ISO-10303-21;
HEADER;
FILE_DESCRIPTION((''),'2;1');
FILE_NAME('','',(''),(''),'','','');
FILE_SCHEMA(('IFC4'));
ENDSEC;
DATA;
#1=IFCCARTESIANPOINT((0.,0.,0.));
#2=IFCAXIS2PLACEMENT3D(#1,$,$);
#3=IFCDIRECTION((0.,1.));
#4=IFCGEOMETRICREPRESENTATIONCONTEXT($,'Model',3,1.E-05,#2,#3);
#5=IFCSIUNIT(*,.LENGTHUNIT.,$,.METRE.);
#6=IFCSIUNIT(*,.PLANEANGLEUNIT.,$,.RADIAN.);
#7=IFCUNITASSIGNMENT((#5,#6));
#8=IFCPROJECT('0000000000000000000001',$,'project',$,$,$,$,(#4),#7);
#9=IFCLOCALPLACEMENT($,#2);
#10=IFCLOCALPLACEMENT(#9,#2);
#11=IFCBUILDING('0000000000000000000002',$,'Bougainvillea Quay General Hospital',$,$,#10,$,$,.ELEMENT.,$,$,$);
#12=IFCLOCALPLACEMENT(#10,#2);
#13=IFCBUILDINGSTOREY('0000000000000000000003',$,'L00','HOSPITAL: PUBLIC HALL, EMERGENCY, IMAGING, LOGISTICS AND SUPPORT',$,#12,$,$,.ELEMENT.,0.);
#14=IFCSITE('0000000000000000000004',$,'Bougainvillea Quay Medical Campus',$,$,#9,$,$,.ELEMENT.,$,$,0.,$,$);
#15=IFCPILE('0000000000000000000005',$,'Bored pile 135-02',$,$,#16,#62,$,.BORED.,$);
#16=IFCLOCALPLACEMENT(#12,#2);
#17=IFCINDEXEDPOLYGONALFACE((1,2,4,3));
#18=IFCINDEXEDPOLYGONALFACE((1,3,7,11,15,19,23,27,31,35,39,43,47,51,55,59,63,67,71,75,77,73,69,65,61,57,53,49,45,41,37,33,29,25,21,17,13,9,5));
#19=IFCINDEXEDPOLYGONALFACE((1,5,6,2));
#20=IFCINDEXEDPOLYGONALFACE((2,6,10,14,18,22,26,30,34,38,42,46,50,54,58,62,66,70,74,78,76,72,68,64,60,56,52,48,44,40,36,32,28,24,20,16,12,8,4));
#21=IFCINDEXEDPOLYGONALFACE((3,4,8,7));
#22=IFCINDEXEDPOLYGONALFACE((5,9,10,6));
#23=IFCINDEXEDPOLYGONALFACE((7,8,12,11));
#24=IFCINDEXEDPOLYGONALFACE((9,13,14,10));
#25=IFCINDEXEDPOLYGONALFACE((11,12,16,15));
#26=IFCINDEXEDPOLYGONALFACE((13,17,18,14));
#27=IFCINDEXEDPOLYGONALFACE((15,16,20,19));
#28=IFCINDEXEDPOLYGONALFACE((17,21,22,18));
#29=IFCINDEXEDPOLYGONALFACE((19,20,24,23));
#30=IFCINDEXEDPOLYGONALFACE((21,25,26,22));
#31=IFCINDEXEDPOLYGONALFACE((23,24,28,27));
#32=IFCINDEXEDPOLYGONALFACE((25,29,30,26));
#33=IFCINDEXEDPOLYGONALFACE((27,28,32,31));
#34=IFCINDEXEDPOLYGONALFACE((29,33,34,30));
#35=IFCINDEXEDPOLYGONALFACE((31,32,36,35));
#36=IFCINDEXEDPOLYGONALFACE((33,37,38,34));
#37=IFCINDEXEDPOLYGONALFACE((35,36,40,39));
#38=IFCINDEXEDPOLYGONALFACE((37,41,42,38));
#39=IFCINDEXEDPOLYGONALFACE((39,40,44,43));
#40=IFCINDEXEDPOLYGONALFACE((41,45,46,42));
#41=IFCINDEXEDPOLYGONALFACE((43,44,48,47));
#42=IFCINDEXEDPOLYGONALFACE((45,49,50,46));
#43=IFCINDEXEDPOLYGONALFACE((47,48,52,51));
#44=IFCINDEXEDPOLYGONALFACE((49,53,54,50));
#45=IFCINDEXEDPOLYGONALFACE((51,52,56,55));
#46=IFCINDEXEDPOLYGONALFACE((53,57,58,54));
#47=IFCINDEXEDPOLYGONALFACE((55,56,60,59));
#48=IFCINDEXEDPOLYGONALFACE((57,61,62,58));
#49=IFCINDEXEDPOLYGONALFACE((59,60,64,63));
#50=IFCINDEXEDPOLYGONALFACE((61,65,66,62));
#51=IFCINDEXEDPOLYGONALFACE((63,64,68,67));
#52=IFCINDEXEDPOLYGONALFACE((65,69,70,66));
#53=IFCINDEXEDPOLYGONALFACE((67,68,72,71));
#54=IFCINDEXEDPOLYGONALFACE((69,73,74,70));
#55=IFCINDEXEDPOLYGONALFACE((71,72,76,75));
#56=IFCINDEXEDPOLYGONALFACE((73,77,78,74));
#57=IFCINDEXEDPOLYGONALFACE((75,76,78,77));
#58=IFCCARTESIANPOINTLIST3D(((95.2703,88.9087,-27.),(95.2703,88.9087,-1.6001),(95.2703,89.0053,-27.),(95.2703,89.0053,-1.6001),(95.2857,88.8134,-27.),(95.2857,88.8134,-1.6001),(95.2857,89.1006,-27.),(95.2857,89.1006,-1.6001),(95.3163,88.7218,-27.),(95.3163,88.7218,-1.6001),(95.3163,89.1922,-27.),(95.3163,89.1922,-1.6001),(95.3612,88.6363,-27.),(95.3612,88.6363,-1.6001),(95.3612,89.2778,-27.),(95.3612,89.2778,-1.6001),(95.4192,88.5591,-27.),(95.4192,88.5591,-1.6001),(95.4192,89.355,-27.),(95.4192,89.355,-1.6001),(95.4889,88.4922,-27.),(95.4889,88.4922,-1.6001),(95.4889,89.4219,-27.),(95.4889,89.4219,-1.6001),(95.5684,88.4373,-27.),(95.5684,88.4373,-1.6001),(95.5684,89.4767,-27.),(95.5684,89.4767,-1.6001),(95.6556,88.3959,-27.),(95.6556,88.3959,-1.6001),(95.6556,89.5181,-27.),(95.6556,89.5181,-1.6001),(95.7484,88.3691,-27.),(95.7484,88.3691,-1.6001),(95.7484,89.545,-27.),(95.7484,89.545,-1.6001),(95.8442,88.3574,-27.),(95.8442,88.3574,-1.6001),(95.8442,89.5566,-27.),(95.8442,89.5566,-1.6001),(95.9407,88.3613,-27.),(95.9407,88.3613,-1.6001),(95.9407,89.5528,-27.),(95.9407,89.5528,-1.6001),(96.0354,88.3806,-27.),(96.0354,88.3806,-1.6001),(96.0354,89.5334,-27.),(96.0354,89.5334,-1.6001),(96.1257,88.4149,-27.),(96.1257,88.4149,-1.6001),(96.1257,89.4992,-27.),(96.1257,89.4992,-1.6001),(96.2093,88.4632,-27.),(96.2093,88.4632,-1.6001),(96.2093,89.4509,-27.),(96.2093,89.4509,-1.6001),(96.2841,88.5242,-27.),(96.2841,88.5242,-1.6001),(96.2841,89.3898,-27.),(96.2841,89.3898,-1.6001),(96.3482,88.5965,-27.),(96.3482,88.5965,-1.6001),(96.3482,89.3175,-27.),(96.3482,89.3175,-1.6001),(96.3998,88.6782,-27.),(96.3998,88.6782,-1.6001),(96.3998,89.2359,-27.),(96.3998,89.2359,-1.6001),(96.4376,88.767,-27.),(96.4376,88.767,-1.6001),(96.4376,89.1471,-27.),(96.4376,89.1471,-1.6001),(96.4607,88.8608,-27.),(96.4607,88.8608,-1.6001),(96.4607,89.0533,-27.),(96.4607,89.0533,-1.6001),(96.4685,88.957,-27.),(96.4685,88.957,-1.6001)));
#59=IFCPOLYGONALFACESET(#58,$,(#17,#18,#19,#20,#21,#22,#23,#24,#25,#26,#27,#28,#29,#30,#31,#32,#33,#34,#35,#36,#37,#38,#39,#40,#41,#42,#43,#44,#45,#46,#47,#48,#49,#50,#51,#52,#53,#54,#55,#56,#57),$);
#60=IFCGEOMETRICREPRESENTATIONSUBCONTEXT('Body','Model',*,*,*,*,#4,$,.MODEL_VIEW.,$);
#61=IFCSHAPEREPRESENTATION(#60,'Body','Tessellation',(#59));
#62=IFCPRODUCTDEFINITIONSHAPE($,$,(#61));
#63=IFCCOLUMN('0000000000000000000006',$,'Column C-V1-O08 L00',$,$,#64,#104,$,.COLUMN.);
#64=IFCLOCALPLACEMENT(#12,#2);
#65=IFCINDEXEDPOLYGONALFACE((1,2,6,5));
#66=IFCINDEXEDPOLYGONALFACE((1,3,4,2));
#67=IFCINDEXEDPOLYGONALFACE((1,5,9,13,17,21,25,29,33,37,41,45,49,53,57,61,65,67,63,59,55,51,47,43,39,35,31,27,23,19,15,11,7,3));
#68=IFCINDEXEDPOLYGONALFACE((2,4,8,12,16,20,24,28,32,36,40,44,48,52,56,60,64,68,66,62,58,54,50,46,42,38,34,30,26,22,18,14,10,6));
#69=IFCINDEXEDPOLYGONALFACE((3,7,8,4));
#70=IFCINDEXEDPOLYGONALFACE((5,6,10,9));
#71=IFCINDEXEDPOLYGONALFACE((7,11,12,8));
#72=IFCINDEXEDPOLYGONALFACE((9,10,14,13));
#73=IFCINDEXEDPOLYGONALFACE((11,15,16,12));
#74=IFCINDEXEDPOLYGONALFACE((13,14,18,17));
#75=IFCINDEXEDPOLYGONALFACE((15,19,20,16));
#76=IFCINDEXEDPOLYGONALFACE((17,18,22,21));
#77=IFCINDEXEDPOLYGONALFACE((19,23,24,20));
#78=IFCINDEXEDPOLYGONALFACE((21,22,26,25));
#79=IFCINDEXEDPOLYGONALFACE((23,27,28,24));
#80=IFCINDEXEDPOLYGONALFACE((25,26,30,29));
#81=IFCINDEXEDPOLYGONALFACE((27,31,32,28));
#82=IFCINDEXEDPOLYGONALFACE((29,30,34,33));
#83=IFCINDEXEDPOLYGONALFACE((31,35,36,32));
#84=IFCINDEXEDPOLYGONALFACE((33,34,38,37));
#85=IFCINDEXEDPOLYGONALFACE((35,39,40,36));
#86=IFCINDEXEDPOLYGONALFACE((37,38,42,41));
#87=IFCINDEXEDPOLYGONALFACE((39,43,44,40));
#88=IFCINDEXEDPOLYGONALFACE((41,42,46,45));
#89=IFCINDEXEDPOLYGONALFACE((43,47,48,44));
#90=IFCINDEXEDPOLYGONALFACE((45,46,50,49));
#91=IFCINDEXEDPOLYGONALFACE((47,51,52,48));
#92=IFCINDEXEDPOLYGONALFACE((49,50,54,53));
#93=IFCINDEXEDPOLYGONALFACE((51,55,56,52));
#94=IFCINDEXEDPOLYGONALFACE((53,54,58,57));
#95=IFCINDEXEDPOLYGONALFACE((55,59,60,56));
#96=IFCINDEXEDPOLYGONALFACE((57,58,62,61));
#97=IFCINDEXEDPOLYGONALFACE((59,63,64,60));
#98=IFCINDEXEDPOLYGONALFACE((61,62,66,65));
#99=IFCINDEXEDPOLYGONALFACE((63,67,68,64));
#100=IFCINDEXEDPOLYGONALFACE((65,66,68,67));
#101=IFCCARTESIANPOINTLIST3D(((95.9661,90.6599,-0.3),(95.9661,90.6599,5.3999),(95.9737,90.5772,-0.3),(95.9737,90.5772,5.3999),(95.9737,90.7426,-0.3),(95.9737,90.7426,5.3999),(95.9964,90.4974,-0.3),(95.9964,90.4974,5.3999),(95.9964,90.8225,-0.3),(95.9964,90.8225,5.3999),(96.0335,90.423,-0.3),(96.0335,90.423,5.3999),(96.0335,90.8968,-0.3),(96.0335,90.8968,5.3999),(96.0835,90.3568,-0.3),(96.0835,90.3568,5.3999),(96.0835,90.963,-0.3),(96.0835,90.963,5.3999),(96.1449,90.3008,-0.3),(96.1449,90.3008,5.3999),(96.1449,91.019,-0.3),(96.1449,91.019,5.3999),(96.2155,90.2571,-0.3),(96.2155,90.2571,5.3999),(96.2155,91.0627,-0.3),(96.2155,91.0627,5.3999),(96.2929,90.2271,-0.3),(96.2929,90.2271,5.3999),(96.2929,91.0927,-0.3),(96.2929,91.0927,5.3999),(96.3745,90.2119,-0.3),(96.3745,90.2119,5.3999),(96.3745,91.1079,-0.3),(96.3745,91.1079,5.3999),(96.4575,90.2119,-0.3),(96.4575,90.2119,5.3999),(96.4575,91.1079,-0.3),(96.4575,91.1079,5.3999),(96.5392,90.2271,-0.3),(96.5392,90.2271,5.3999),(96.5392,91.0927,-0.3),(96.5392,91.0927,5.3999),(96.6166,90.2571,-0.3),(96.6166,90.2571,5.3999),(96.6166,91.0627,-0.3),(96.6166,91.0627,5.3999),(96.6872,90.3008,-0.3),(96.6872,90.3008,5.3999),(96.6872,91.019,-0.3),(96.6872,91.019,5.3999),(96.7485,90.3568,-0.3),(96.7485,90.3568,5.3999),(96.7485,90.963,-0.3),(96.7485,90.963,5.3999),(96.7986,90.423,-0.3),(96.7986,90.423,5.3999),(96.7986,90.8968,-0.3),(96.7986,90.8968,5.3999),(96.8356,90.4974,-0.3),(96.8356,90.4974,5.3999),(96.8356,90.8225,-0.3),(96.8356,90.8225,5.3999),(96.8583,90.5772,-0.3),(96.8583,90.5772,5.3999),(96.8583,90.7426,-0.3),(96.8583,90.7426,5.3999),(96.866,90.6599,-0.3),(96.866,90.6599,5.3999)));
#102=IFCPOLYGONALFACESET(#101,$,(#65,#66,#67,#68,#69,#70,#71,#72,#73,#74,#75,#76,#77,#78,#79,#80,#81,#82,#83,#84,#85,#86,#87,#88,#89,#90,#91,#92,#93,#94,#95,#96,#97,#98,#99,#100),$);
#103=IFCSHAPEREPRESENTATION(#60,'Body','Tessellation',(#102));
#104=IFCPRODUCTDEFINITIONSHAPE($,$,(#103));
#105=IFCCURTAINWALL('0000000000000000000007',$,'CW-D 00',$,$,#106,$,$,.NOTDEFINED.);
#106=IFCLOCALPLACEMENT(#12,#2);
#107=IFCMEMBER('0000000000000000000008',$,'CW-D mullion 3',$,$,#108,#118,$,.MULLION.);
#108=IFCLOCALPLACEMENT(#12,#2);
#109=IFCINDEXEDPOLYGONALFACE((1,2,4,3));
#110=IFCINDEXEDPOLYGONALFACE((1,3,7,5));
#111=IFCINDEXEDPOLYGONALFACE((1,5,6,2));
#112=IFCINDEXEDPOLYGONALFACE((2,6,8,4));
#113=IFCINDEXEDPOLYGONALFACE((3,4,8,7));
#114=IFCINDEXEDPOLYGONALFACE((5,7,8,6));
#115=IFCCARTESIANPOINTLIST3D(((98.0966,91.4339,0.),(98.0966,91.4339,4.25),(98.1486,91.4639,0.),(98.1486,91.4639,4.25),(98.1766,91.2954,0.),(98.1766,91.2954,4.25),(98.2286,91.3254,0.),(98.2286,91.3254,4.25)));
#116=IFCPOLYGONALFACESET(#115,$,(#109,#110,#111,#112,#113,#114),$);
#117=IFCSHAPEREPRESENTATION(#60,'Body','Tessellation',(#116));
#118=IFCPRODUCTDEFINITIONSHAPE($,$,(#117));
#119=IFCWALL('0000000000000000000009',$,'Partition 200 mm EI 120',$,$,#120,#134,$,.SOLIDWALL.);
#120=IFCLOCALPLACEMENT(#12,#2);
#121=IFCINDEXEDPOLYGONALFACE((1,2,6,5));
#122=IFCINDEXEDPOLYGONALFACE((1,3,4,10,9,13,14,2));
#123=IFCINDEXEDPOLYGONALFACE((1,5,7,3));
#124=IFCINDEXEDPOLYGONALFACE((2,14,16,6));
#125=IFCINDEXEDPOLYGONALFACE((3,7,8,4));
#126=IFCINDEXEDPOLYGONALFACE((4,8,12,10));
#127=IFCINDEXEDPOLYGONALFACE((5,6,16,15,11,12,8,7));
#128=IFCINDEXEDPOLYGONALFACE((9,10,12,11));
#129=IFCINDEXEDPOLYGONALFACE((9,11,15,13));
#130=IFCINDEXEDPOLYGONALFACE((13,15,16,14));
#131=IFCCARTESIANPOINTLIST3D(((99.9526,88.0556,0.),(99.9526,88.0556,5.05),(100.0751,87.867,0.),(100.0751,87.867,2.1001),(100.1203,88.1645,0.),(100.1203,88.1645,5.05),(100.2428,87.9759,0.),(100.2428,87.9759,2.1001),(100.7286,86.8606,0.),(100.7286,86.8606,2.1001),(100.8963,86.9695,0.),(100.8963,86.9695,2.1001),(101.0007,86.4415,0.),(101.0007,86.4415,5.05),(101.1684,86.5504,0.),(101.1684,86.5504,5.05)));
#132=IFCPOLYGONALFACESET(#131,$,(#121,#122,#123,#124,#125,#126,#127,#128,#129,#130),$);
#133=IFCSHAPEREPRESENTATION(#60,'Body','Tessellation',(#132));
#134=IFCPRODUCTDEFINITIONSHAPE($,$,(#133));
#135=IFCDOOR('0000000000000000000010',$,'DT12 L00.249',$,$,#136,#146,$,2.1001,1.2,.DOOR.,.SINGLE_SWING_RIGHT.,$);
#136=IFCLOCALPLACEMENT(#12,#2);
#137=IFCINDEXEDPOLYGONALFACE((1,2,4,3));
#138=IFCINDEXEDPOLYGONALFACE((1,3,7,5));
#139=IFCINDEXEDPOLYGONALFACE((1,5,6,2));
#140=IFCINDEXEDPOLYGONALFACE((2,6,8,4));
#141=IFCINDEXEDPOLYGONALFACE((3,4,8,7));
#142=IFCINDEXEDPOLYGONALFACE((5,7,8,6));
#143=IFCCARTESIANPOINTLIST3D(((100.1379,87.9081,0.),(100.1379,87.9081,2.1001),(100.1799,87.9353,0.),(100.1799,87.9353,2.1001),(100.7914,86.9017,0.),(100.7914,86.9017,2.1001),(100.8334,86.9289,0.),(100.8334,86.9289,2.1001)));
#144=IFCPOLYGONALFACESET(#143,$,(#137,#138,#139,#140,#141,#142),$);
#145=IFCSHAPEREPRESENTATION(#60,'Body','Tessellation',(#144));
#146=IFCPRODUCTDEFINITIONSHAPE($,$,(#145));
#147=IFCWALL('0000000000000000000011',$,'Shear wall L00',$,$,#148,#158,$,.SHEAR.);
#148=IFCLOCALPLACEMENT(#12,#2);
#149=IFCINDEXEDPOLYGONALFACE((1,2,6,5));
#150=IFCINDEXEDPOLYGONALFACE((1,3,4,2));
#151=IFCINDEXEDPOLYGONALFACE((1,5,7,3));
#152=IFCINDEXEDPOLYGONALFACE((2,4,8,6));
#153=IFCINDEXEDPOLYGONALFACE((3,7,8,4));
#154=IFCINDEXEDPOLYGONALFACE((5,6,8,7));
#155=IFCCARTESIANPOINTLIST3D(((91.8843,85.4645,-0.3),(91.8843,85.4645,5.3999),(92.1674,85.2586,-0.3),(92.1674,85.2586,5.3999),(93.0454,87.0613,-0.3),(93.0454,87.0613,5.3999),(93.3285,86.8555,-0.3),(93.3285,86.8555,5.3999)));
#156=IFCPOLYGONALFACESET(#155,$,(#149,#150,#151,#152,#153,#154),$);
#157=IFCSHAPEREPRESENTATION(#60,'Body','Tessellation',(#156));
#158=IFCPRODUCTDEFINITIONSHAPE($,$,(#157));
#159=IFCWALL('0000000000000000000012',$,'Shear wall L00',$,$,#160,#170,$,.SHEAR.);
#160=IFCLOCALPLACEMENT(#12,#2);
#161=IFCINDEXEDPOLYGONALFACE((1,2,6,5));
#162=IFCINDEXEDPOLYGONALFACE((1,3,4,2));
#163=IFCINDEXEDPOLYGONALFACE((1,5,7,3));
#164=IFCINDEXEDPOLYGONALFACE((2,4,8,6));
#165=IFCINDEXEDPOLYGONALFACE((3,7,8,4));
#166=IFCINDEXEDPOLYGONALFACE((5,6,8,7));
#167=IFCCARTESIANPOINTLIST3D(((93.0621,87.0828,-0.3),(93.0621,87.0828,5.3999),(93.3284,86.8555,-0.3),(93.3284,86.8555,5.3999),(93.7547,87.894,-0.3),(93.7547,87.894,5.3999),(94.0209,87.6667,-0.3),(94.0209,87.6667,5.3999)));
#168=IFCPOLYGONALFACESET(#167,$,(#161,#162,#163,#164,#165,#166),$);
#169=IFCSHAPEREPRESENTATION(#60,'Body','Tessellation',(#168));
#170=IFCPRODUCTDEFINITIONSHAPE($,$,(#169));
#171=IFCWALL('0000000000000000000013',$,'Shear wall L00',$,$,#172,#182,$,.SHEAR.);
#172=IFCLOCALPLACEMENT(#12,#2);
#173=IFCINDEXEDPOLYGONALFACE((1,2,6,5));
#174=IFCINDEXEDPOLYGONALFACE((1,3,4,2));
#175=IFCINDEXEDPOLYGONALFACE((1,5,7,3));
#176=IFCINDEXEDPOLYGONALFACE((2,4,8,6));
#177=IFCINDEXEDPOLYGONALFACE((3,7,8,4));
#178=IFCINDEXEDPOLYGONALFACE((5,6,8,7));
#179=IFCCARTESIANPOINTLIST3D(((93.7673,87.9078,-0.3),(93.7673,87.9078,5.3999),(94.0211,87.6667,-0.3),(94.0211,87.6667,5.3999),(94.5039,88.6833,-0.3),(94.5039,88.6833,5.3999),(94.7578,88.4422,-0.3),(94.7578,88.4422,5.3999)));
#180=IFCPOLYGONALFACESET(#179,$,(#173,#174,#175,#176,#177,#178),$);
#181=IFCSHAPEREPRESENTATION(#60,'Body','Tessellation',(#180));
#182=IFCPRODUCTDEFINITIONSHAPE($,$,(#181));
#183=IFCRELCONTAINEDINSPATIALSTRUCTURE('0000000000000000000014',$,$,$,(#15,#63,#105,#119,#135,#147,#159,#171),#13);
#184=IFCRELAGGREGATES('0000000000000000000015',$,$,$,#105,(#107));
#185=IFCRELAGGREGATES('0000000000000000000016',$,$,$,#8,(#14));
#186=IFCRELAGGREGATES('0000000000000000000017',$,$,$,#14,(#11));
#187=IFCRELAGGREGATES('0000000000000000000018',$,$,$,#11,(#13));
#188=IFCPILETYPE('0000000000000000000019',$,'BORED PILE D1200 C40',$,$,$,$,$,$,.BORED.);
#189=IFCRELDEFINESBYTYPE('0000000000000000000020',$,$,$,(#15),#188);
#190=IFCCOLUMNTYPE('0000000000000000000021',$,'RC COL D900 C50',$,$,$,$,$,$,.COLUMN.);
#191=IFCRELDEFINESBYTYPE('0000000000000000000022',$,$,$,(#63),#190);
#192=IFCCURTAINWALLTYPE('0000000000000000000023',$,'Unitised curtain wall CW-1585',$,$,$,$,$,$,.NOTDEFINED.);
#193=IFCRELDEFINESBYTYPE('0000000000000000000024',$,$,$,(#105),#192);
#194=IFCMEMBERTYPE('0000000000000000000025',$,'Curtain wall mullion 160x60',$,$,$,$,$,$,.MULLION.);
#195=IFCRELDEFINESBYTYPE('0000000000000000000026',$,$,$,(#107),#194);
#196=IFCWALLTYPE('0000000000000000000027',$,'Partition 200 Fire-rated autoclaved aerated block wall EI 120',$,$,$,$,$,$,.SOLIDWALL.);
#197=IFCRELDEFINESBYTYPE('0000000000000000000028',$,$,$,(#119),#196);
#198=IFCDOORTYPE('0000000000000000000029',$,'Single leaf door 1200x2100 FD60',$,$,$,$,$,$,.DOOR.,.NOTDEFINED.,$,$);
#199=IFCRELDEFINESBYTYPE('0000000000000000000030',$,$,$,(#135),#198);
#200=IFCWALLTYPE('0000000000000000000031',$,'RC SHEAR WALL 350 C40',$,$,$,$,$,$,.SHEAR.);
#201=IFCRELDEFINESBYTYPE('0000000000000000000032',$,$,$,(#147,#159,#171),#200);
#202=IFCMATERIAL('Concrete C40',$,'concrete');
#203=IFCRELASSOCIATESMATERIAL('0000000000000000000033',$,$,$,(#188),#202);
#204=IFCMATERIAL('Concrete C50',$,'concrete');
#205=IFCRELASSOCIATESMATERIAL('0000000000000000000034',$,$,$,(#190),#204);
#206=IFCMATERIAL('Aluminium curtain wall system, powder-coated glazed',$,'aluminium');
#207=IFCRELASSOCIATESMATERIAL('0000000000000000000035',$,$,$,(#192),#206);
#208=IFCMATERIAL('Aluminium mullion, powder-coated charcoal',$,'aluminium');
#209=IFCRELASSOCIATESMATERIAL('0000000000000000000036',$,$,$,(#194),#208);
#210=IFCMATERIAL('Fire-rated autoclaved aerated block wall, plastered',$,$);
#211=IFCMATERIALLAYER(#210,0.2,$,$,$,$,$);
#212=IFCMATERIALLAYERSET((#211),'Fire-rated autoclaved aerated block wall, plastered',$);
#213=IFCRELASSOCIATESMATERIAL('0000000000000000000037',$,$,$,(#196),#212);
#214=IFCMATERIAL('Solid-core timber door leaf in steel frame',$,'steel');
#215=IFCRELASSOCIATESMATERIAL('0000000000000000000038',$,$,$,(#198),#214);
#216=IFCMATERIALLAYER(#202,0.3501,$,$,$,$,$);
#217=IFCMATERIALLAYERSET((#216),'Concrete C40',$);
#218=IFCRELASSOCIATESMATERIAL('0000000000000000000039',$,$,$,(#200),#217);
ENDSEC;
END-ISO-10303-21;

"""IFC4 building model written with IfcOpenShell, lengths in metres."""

from ifc_helpers import new_model, si_unit, direction, frame, frame_2d, origin, origin_2d, place, context, subcontext, project, spatial, rectangle, circle, extrude, material, layer, layer_set, material_profile, profile_set, type_object, element, fill, aggregate, save


model = new_model("IFC4")

# Units and contexts
model_context = context("Model", 3, precision=1e-05, world=origin(), true_north=direction((0.0, 1.0)))
body_context = subcontext(model_context, "Body", "Model", "MODEL_VIEW")
ifc_project = project(units=[si_unit("LENGTHUNIT", "METRE"), si_unit("PLANEANGLEUNIT", "RADIAN")], contexts=[model_context])

# Site, building, storey
site_placement = place(None, origin())
site = spatial("IfcSite", under=ifc_project, at=site_placement, Name="Bougainvillea Quay Medical Campus", CompositionType="ELEMENT", RefElevation=0.0)
building_placement = place(site_placement, origin())
building = spatial("IfcBuilding", under=site, at=building_placement, Name="Bougainvillea Quay General Hospital", CompositionType="ELEMENT")
storey_placement = place(building_placement, origin())
storey = spatial("IfcBuildingStorey", under=building, at=storey_placement, Name="L00", Description="HOSPITAL: PUBLIC HALL, EMERGENCY, IMAGING, LOGISTICS AND SUPPORT", CompositionType="ELEMENT", Elevation=0.0)

# Pile
ifc_material_1 = material(Name="Concrete C40", Category="concrete")
ifc_material_profile_1 = material_profile(ifc_material_1, circle(Radius=0.6001, at=origin_2d()))
ifc_profile_set_1 = profile_set([ifc_material_profile_1], Name="Concrete C40")
pile_type = type_object("IfcPileType", Name="BORED PILE D1200 C40", PredefinedType="BORED", material=ifc_profile_set_1)
pile_placement = place(storey_placement, frame((95.8684, 88.957, -1.6001), z_axis=(0.0, 0.0, -1.0), x_axis=(1.0, 0.0, 0.0)))
element("IfcPile", 1, at=pile_placement, inside=storey, type_object=pile_type, Name="Bored pile 135-02", PredefinedType="BORED", context=body_context, shape_type="SweptSolid", body=[
    extrude(circle(Radius=0.6001, at=origin_2d()), origin(), (0.0, 0.0, 1.0), 25.3999),
])

# Column
ifc_material_2 = material(Name="Concrete C50", Category="concrete")
ifc_material_profile_2 = material_profile(ifc_material_2, circle(Radius=0.45, at=origin_2d()))
ifc_profile_set_2 = profile_set([ifc_material_profile_2], Name="Concrete C50")
column_type = type_object("IfcColumnType", Name="RC COL D900 C50", PredefinedType="COLUMN", material=ifc_profile_set_2)
column_placement = place(storey_placement, frame((96.416, 90.6599, -0.3), z_axis=(0.0, 0.0, 1.0), x_axis=(1.0, 0.0, 0.0)))
element("IfcColumn", 2, at=column_placement, inside=storey, type_object=column_type, Name="Column C-V1-O08 L00", PredefinedType="COLUMN", context=body_context, shape_type="SweptSolid", body=[
    extrude(circle(Radius=0.45, at=origin_2d()), origin(), (0.0, 0.0, 1.0), 5.7),
])

# Curtain wall, member
ifc_material_3 = material(Name="Aluminium curtain wall system, powder-coated glazed", Category="aluminium")
curtain_wall_type = type_object("IfcCurtainWallType", Name="Unitised curtain wall CW-1585", PredefinedType="NOTDEFINED", material=ifc_material_3)
curtain_wall_placement = place(storey_placement, origin())
curtain_wall = element("IfcCurtainWall", 3, at=curtain_wall_placement, inside=storey, type_object=curtain_wall_type, Name="CW-D 00", PredefinedType="NOTDEFINED")
ifc_material_4 = material(Name="Aluminium mullion, powder-coated charcoal", Category="aluminium")
ifc_material_profile_3 = material_profile(ifc_material_4, rectangle(XDim=0.1599, YDim=0.0601, at=origin_2d()))
ifc_profile_set_3 = profile_set([ifc_material_profile_3], Name="Aluminium mullion, powder-coated charcoal")
member_type = type_object("IfcMemberType", Name="Curtain wall mullion 160x60", PredefinedType="MULLION", material=ifc_profile_set_3)
member_placement = place(storey_placement, frame((98.1626, 91.3796, 0.0), z_axis=(0.0, 0.0, 1.0), x_axis=(0.499965, -0.866046, 0.0)))
member = element("IfcMember", 4, at=member_placement, type_object=member_type, Name="CW-D mullion 3", PredefinedType="MULLION", context=body_context, shape_type="SweptSolid", body=[
    extrude(rectangle(XDim=0.1599, YDim=0.0601, at=origin_2d()), origin(), (0.0, 0.0, 1.0), 4.25),
])
aggregate(curtain_wall, [member])

# Wall, opening, door
ifc_material_5 = material(Name="Fire-rated autoclaved aerated block wall, plastered")
ifc_layer_1 = layer(ifc_material_5, 0.2)
ifc_layer_set_1 = layer_set([ifc_layer_1], Name="Fire-rated autoclaved aerated block wall, plastered")
wall_type_1 = type_object("IfcWallType", Name="Partition 200 Fire-rated autoclaved aerated block wall EI 120", PredefinedType="SOLIDWALL", material=ifc_layer_set_1)
wall_1_placement = place(storey_placement, frame((100.0364, 88.1101, 0.0), z_axis=(0.0, 0.0, 1.0), x_axis=(0.544618, -0.838684, 0.0)))
wall_1 = element("IfcWall", 5, at=wall_1_placement, inside=storey, type_object=wall_type_1, Name="Partition 200 mm EI 120", PredefinedType="SOLIDWALL", context=body_context, shape_type="SweptSolid", body=[
    extrude(rectangle(XDim=1.9246, YDim=0.2, at=frame_2d((0.9624, 0.0))), origin(), (0.0, 0.0, 1.0), 5.05),
])
opening_placement = place(wall_1_placement, frame((0.2249, 0.0, 0.0)))
opening = element("IfcOpeningElement", 6, at=opening_placement, cuts=wall_1, PredefinedType="OPENING", context=body_context, shape_type="SweptSolid", body=[
    extrude(rectangle(XDim=1.2, YDim=2.1001, at=frame_2d((0.6001, 1.05))), frame((0.0, 0.1099, 0.0), z_axis=(0.0, -1.0, 0.0), x_axis=(1.0, 0.0, 0.0)), (0.0, 0.0, 1.0), 0.22),
])
ifc_material_6 = material(Name="Solid-core timber door leaf in steel frame", Category="steel")
door_type = type_object("IfcDoorType", Name="Single leaf door 1200x2100 FD60", OperationType="NOTDEFINED", PredefinedType="DOOR", material=ifc_material_6)
door_placement = place(opening_placement, frame((1.2, 0.0, 0.0), z_axis=(0.0, 0.0, 1.0), x_axis=(-1.0, 0.0, 0.0)))
door = element("IfcDoor", 7, at=door_placement, inside=storey, type_object=door_type, Name="DT12 L00.249", OperationType="SINGLE_SWING_RIGHT", OverallHeight=2.1001, OverallWidth=1.2, PredefinedType="DOOR", context=body_context, shape_type="SweptSolid", body=[
    extrude(rectangle(XDim=1.2, YDim=2.1001, at=frame_2d((0.6001, 1.05))), frame((0.0, 0.0249, 0.0), z_axis=(0.0, -1.0, 0.0), x_axis=(1.0, 0.0, 0.0)), (0.0, 0.0, 1.0), 0.05),
])
fill(opening, door)

# Walls
ifc_layer_2 = layer(ifc_material_1, 0.3501)
ifc_layer_set_2 = layer_set([ifc_layer_2], Name="Concrete C40")
wall_type_2 = type_object("IfcWallType", Name="RC SHEAR WALL 350 C40", PredefinedType="SHEAR", material=ifc_layer_set_2)
wall_2_placement = place(storey_placement, frame((93.187, 86.9585, -0.3), z_axis=(0.0, 0.0, 1.0), x_axis=(-0.588083, -0.8088, 0.0)))
element("IfcWall", 8, at=wall_2_placement, inside=storey, type_object=wall_type_2, Name="Shear wall L00", PredefinedType="SHEAR", context=body_context, shape_type="SweptSolid", body=[
    extrude(rectangle(XDim=1.9744, YDim=0.3501, at=frame_2d((0.9873, 0.0))), origin(), (0.0, 0.0, 1.0), 5.7),
])
wall_3_placement = place(storey_placement, frame((93.1953, 86.9692, -0.3), z_axis=(0.0, 0.0, 1.0), x_axis=(0.649301, 0.760531, 0.0)))
element("IfcWall", 9, at=wall_3_placement, inside=storey, type_object=wall_type_2, Name="Shear wall L00", PredefinedType="SHEAR", context=body_context, shape_type="SweptSolid", body=[
    extrude(rectangle(XDim=1.0667, YDim=0.3501, at=frame_2d((0.5332, 0.0))), origin(), (0.0, 0.0, 1.0), 5.7),
])
wall_4_placement = place(storey_placement, frame((93.8943, 87.7874, -0.3), z_axis=(0.0, 0.0, 1.0), x_axis=(0.688725, 0.725022, 0.0)))
element("IfcWall", 10, at=wall_4_placement, inside=storey, type_object=wall_type_2, Name="Shear wall L00", PredefinedType="SHEAR", context=body_context, shape_type="SweptSolid", body=[
    extrude(rectangle(XDim=1.0696, YDim=0.3501, at=frame_2d((0.5347, 0.0))), origin(), (0.0, 0.0, 1.0), 5.7),
])

save(model, "model.ifc")
